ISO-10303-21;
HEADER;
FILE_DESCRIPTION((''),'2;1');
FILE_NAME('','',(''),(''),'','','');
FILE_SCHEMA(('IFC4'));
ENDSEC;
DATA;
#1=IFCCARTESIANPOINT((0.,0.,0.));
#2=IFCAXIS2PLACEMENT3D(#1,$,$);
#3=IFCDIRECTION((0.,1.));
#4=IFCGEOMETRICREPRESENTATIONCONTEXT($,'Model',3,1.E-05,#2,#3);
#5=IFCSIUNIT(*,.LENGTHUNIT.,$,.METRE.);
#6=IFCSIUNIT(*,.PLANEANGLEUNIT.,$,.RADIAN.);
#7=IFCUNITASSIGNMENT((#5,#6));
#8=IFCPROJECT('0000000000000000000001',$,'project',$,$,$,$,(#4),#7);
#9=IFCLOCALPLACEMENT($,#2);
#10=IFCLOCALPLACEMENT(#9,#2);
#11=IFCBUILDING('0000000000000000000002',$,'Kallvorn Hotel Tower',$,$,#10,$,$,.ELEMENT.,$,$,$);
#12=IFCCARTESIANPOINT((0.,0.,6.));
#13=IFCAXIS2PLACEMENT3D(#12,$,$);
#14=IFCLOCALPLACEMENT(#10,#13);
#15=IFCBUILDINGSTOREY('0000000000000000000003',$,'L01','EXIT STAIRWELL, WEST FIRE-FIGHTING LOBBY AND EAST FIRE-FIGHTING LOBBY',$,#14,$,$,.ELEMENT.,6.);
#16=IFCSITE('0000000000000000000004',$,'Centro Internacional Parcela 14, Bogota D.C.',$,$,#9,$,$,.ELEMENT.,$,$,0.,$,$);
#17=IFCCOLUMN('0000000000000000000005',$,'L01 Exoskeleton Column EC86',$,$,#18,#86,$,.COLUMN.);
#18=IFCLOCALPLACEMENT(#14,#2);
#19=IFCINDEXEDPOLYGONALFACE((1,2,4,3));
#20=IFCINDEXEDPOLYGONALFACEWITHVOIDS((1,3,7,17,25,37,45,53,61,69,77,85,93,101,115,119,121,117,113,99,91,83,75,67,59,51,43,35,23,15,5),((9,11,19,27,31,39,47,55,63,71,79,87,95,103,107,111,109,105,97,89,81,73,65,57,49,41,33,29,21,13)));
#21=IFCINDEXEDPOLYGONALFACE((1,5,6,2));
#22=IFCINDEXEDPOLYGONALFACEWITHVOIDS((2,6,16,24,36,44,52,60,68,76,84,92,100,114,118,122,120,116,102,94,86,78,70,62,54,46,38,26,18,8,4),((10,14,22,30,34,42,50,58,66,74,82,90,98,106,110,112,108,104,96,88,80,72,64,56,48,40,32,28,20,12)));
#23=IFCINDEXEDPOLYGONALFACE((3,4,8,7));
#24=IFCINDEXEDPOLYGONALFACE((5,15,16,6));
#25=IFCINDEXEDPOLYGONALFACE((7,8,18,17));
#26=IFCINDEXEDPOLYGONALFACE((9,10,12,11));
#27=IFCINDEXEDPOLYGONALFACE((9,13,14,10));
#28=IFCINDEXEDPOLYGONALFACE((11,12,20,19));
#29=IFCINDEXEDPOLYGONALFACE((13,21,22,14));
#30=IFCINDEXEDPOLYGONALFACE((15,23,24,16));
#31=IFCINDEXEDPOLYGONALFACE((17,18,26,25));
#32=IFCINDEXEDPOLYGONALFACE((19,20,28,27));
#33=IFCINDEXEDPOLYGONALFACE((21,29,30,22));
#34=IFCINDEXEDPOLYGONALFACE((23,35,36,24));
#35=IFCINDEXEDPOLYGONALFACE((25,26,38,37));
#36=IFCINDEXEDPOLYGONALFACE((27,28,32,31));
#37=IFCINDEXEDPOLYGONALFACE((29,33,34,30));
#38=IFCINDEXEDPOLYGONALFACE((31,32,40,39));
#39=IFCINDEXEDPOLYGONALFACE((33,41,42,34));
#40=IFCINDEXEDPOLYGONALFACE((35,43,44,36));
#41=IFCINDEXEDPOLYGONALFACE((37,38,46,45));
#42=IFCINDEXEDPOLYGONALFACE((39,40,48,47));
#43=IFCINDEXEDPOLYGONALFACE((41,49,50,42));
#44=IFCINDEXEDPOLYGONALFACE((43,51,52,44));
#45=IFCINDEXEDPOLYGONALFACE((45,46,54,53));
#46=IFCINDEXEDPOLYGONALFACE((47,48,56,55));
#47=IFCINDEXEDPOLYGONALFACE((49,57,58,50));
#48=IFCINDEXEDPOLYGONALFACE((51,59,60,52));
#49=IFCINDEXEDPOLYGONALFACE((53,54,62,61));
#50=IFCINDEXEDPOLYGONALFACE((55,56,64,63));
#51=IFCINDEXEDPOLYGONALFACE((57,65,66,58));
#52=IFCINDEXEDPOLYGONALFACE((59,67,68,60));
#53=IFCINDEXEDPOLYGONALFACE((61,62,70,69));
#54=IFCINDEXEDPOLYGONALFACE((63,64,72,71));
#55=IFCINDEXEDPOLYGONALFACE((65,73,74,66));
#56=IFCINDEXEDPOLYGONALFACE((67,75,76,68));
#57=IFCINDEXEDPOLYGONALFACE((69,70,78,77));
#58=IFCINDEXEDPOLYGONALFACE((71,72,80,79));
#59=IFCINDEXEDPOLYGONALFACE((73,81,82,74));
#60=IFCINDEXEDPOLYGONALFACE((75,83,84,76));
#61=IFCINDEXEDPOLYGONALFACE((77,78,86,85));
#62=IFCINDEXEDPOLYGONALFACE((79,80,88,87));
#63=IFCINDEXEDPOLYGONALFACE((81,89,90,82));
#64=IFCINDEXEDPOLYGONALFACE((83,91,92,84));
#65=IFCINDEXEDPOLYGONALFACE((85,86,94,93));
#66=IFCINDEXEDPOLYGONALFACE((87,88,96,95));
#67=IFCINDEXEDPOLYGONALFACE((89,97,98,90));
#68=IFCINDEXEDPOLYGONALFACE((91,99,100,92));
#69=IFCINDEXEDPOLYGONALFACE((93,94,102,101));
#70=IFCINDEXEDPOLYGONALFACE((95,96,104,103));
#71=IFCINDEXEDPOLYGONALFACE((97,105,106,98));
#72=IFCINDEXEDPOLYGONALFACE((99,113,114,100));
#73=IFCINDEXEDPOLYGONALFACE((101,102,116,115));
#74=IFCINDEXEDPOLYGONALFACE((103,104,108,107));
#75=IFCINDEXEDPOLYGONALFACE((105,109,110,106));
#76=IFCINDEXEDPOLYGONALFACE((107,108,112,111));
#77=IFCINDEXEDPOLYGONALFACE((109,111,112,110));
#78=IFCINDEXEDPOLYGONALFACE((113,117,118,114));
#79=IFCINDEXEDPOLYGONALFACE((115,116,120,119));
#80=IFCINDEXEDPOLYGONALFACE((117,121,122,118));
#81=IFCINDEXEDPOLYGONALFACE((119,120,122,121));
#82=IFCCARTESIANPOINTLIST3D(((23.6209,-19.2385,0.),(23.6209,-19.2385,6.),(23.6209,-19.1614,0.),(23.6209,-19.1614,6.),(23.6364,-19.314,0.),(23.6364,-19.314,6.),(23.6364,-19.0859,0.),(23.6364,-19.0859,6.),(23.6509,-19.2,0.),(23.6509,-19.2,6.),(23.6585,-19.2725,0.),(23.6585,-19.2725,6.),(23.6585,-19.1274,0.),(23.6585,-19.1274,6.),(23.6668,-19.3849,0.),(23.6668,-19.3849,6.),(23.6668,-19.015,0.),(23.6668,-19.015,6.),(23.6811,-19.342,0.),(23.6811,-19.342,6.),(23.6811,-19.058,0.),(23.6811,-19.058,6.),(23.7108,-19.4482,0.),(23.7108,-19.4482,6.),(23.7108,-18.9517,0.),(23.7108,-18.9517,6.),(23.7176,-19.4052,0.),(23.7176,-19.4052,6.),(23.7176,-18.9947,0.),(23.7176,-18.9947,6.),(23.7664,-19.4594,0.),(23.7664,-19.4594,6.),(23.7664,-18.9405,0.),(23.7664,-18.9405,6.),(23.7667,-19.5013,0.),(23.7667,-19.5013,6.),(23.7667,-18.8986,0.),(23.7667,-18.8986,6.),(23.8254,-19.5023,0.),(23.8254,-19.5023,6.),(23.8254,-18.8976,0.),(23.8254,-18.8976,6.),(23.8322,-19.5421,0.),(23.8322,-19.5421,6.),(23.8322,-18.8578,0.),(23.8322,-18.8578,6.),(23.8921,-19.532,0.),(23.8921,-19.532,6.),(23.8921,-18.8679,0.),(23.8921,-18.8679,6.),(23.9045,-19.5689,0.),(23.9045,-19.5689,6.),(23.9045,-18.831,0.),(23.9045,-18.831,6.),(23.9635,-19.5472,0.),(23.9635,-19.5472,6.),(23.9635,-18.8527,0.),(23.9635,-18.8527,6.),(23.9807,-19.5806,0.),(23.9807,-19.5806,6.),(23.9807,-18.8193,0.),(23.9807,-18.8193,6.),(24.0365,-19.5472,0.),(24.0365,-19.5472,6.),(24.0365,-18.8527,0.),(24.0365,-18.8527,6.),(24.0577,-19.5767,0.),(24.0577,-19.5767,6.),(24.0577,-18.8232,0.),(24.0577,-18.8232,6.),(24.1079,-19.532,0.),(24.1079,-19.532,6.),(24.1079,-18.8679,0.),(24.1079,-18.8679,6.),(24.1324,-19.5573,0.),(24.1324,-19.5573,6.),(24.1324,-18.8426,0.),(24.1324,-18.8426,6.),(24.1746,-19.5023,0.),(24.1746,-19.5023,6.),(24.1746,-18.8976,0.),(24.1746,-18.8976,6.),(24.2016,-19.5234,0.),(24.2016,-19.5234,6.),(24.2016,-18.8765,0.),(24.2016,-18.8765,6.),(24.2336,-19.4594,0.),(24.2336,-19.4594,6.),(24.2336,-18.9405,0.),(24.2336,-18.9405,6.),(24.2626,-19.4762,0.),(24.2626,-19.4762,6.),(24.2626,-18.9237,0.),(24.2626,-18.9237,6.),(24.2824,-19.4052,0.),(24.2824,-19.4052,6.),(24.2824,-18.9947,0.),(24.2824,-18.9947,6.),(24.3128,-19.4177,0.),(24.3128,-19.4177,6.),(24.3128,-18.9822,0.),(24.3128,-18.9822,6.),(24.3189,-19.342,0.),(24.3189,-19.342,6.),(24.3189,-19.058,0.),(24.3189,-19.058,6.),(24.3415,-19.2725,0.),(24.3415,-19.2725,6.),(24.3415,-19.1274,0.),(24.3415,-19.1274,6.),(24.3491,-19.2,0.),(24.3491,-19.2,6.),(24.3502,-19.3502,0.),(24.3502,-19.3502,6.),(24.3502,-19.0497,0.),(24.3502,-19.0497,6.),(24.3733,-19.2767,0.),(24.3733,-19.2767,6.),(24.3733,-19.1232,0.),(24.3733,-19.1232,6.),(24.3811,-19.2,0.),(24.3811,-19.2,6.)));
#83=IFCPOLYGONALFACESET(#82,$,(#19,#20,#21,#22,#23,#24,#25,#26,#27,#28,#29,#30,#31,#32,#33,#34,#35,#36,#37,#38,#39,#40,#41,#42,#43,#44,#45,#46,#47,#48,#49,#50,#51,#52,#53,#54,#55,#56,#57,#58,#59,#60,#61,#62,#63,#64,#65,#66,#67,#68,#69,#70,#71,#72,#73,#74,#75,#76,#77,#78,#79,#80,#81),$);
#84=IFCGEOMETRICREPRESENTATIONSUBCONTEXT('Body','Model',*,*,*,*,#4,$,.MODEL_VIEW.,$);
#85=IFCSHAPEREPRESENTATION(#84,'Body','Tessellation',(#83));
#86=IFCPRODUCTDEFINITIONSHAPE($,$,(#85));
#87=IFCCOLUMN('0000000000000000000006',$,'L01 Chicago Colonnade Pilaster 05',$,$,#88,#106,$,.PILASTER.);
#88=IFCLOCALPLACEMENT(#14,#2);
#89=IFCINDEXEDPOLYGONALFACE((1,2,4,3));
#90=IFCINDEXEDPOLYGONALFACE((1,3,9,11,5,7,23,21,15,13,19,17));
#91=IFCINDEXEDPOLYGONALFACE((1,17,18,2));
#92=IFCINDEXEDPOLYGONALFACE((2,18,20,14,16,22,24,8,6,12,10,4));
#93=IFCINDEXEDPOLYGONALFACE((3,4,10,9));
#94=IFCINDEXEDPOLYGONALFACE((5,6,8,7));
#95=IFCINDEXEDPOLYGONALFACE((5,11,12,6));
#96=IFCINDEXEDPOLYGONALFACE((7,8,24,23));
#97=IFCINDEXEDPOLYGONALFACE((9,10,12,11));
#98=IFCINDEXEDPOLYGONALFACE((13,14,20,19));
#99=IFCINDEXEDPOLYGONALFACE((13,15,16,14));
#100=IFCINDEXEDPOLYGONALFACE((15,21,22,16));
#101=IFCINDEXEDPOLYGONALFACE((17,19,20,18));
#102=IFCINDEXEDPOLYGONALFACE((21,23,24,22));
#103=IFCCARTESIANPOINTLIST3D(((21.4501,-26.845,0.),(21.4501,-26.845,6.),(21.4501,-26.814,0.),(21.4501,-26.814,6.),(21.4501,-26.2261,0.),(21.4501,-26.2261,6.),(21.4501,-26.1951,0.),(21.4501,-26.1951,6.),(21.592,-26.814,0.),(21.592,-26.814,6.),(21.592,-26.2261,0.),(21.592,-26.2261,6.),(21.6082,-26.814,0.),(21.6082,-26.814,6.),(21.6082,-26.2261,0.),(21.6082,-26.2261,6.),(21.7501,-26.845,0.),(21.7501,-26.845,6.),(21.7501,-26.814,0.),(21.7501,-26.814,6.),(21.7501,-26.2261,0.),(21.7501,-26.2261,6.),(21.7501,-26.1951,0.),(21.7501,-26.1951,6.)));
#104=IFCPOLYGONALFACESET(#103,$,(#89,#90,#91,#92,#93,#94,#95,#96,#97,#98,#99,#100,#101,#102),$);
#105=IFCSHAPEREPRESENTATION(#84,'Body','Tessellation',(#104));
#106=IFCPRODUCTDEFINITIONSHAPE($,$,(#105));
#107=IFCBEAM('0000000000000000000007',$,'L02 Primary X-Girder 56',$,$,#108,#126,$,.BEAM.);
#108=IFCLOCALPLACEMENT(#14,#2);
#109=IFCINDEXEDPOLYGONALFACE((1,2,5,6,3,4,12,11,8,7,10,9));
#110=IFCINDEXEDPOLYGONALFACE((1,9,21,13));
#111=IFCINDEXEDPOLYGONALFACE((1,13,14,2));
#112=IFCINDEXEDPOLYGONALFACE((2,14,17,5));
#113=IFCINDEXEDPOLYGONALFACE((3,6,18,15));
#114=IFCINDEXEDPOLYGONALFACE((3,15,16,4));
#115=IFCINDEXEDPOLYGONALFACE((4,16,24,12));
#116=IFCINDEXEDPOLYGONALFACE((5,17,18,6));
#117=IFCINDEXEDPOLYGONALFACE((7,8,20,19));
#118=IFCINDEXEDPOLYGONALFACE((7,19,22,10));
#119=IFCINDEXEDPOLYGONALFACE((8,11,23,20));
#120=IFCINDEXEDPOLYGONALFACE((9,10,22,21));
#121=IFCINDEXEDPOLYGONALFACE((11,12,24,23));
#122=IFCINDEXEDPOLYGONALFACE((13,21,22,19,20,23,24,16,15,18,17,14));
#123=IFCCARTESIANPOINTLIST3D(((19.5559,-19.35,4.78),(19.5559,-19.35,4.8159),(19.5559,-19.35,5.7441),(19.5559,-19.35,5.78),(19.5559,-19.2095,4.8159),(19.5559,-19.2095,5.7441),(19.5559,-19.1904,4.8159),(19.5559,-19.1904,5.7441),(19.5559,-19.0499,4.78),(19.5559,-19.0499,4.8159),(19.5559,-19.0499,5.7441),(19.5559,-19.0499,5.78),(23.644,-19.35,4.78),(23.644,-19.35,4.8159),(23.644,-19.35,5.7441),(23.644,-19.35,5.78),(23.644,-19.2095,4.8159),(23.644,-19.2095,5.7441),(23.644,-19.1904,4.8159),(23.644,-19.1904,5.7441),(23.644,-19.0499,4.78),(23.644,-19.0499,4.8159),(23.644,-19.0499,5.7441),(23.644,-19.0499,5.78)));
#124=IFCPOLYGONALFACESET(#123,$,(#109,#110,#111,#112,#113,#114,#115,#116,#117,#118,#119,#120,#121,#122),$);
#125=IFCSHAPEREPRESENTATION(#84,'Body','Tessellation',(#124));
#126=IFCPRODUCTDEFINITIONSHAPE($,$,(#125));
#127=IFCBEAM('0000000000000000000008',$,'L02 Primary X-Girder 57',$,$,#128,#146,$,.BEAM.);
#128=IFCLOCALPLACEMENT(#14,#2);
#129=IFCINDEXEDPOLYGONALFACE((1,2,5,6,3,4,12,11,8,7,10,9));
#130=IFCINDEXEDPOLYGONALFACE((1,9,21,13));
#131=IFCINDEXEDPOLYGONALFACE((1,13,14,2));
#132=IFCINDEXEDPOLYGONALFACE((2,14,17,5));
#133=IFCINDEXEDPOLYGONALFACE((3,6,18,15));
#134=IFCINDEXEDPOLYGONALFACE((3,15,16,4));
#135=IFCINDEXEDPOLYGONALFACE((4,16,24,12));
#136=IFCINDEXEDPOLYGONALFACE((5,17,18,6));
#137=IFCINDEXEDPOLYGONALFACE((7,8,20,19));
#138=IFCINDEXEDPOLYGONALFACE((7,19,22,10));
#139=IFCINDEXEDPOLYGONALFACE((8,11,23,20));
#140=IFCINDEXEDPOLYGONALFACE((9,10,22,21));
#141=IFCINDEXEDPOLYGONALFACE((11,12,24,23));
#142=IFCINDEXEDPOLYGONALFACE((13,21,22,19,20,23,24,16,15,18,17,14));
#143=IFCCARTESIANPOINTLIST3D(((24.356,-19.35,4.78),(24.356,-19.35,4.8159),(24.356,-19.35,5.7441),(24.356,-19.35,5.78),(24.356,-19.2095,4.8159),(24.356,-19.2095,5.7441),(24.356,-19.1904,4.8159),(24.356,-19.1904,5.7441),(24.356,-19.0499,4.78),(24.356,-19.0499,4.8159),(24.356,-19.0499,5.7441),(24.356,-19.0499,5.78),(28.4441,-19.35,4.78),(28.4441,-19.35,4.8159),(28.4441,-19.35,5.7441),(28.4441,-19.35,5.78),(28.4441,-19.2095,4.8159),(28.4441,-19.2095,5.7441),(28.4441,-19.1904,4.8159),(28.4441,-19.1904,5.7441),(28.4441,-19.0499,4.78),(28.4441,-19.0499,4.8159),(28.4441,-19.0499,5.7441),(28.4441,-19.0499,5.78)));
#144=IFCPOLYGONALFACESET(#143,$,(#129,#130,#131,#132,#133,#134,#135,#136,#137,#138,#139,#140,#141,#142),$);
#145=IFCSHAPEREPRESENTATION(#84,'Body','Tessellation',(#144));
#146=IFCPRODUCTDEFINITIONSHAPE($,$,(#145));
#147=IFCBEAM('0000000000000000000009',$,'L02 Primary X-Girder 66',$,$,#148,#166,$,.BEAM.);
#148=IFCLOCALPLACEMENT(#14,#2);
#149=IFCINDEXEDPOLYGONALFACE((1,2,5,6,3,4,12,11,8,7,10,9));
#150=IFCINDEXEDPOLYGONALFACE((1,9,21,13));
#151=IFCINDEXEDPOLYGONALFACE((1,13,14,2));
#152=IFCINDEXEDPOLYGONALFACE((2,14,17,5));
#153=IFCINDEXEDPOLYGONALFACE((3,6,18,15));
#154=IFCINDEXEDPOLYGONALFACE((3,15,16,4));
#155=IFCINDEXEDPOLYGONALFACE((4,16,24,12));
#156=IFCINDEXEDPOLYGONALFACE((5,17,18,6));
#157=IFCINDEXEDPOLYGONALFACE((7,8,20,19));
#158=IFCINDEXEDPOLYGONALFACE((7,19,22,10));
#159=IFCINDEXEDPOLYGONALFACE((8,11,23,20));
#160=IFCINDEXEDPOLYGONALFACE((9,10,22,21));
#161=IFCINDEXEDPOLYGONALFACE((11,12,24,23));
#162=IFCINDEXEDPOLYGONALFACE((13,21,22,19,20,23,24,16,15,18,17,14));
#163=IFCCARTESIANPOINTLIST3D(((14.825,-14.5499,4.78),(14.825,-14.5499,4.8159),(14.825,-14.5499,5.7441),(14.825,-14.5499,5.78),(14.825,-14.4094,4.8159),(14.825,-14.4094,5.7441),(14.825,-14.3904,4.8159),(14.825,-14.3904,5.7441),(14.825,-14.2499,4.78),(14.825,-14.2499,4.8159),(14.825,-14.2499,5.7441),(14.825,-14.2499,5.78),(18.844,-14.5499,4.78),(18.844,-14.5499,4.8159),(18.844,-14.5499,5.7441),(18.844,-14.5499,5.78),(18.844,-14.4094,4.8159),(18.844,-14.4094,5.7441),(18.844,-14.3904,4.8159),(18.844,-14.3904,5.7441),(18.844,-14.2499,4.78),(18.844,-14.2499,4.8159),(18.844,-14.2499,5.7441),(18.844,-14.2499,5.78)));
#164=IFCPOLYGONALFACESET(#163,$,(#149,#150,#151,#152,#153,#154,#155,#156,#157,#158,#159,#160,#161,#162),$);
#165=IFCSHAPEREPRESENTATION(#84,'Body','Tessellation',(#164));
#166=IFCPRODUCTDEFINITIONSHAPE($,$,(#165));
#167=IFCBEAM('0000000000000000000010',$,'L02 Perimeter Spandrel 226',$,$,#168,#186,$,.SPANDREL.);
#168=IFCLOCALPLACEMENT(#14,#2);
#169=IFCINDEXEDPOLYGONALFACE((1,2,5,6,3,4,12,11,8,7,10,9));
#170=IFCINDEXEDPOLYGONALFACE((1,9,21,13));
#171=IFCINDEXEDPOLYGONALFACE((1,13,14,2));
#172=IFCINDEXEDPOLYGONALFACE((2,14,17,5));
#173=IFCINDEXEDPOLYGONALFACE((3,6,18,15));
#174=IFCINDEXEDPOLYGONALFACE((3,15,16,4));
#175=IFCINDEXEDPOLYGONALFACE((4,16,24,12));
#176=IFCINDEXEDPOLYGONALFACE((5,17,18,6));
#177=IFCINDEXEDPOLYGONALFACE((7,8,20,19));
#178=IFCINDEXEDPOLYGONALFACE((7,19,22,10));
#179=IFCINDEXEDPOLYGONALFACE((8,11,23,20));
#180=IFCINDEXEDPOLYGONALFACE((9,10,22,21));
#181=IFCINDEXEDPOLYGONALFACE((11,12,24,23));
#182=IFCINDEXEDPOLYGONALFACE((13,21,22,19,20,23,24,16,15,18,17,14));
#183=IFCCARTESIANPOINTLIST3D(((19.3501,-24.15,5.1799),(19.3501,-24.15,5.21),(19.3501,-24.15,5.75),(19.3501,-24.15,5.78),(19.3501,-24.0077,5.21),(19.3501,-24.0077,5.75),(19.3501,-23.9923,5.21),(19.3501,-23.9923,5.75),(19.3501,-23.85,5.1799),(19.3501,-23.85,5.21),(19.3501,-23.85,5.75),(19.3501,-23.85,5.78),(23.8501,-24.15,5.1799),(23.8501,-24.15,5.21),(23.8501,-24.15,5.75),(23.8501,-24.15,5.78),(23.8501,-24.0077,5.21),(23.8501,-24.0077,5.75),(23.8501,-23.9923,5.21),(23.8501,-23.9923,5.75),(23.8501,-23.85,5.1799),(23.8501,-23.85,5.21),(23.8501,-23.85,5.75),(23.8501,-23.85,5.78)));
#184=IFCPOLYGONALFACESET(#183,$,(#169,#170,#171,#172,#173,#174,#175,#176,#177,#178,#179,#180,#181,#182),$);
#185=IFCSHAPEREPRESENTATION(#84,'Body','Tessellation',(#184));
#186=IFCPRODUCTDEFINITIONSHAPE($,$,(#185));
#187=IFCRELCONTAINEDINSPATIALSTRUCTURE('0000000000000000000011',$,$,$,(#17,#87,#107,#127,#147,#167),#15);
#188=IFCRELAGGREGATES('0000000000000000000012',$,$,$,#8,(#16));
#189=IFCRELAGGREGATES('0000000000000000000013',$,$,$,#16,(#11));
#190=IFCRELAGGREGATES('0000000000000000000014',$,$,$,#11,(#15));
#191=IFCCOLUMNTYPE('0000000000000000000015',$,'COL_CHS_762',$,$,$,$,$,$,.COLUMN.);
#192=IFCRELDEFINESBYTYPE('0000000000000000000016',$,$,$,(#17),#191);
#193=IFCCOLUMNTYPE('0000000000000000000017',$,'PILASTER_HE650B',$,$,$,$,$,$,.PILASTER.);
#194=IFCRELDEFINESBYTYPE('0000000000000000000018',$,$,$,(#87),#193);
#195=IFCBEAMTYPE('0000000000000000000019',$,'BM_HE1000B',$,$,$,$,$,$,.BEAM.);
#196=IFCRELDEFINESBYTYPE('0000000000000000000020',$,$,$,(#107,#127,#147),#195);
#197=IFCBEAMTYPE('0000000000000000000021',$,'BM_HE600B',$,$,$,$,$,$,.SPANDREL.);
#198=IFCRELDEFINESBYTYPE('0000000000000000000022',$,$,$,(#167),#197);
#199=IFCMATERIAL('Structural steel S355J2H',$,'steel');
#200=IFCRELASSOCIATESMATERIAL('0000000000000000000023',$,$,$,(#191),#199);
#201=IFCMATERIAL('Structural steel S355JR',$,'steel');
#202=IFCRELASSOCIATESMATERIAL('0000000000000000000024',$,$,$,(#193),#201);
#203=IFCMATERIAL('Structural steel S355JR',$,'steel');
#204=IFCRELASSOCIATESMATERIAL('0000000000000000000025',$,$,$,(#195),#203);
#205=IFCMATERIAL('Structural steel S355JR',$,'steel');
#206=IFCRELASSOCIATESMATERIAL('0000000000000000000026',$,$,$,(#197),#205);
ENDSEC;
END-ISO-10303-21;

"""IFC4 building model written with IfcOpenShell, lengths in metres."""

from ifc_helpers import new_model, si_unit, direction, frame, origin, origin_2d, place, context, subcontext, project, spatial, hollow_circle, i_section, extrude, material, material_profile, profile_set, type_object, element, save


model = new_model("IFC4")

# Units and contexts
model_context = context("Model", 3, precision=1e-05, world=origin(), true_north=direction((0.0, 1.0)))
body_context = subcontext(model_context, "Body", "Model", "MODEL_VIEW")
ifc_project = project(units=[si_unit("LENGTHUNIT", "METRE"), si_unit("PLANEANGLEUNIT", "RADIAN")], contexts=[model_context])

# Site, building, storey
site_placement = place(None, origin())
site = spatial("IfcSite", under=ifc_project, at=site_placement, Name="Centro Internacional Parcela 14, Bogota D.C.", CompositionType="ELEMENT", RefElevation=0.0)
building_placement = place(site_placement, origin())
building = spatial("IfcBuilding", under=site, at=building_placement, Name="Kallvorn Hotel Tower", CompositionType="ELEMENT")
storey_placement = place(building_placement, frame((0.0, 0.0, 6.0)))
storey = spatial("IfcBuildingStorey", under=building, at=storey_placement, Name="L01", Description="EXIT STAIRWELL, WEST FIRE-FIGHTING LOBBY AND EAST FIRE-FIGHTING LOBBY", CompositionType="ELEMENT", Elevation=6.0)

# Columns
ifc_material_1 = material(Name="Structural steel S355J2H", Category="steel")
ifc_material_profile_1 = material_profile(ifc_material_1, hollow_circle(Radius=0.3811, WallThickness=0.032, at=origin_2d()), Name="CHS 762x32")
ifc_profile_set_1 = profile_set([ifc_material_profile_1], Name="Structural steel S355J2H")
column_type_1 = type_object("IfcColumnType", Name="COL_CHS_762", PredefinedType="COLUMN", material=ifc_profile_set_1)
for number, where, z_axis, x_axis, name in (
    (1, (24.0, -19.2, 0.0), (0.0, 0.0, 1.0), (1.0, 0.0, 0.0), "L01 Exoskeleton Column EC86"),
):
    element("IfcColumn", number, at=place(storey_placement, frame(where, z_axis=z_axis, x_axis=x_axis)), inside=storey, type_object=column_type_1, Name=name, PredefinedType="COLUMN", context=body_context, shape_type="SweptSolid", body=[
        extrude(hollow_circle(Radius=0.3811, WallThickness=0.032, at=origin_2d()), origin(), (0.0, 0.0, 1.0), 6.0),
    ])
ifc_material_2 = material(Name="Structural steel S355JR", Category="steel")
ifc_material_profile_2 = material_profile(ifc_material_2, i_section(OverallWidth=0.3, OverallDepth=0.6499, WebThickness=0.0161, FlangeThickness=0.031, at=origin_2d()), Name="HE 650 B")
ifc_profile_set_2 = profile_set([ifc_material_profile_2], Name="Structural steel S355JR")
column_type_2 = type_object("IfcColumnType", Name="PILASTER_HE650B", PredefinedType="PILASTER", material=ifc_profile_set_2)
column_placement = place(storey_placement, frame((21.6001, -26.52, 0.0), z_axis=(0.0, 0.0, 1.0), x_axis=(1.0, 0.0, 0.0)))
element("IfcColumn", 2, at=column_placement, inside=storey, type_object=column_type_2, Name="L01 Chicago Colonnade Pilaster 05", PredefinedType="PILASTER", context=body_context, shape_type="SweptSolid", body=[
    extrude(i_section(OverallWidth=0.3, OverallDepth=0.6499, WebThickness=0.0161, FlangeThickness=0.031, at=origin_2d()), origin(), (0.0, 0.0, 1.0), 6.0),
])

# Beams
ifc_material_3 = material(Name="Structural steel S355JR", Category="steel")
ifc_material_profile_3 = material_profile(ifc_material_3, i_section(OverallWidth=0.3, OverallDepth=1.0, WebThickness=0.019, FlangeThickness=0.0359, at=origin_2d()), Name="HE 1000 B")
ifc_profile_set_3 = profile_set([ifc_material_profile_3], Name="Structural steel S355JR")
beam_type_1 = type_object("IfcBeamType", Name="BM_HE1000B", PredefinedType="BEAM", material=ifc_profile_set_3)
for number, where, z_axis, x_axis, name in (
    (3, (19.5559, -19.2, 5.28), (1.0, 0.0, 0.0), (0.0, 1.0, 0.0), "L02 Primary X-Girder 56"),
    (4, (24.356, -19.2, 5.28), (1.0, 0.0, 0.0), (0.0, 1.0, 0.0), "L02 Primary X-Girder 57"),
):
    element("IfcBeam", number, at=place(storey_placement, frame(where, z_axis=z_axis, x_axis=x_axis)), inside=storey, type_object=beam_type_1, Name=name, PredefinedType="BEAM", context=body_context, shape_type="SweptSolid", body=[
        extrude(i_section(OverallWidth=0.3, OverallDepth=1.0, WebThickness=0.019, FlangeThickness=0.0359, at=origin_2d()), origin(), (0.0, 0.0, 1.0), 4.0881),
    ])
beam_1_placement = place(storey_placement, frame((14.825, -14.3999, 5.28), z_axis=(1.0, 0.0, 0.0), x_axis=(0.0, 1.0, 0.0)))
element("IfcBeam", 5, at=beam_1_placement, inside=storey, type_object=beam_type_1, Name="L02 Primary X-Girder 66", PredefinedType="BEAM", context=body_context, shape_type="SweptSolid", body=[
    extrude(i_section(OverallWidth=0.3, OverallDepth=1.0, WebThickness=0.019, FlangeThickness=0.0359, at=origin_2d()), origin(), (0.0, 0.0, 1.0), 4.019),
])
ifc_material_4 = material(Name="Structural steel S355JR", Category="steel")
ifc_material_profile_4 = material_profile(ifc_material_4, i_section(OverallWidth=0.3, OverallDepth=0.6001, WebThickness=0.0154, FlangeThickness=0.03, at=origin_2d()), Name="HE 600 B")
ifc_profile_set_4 = profile_set([ifc_material_profile_4], Name="Structural steel S355JR")
beam_type_2 = type_object("IfcBeamType", Name="BM_HE600B", PredefinedType="SPANDREL", material=ifc_profile_set_4)
for number, where, z_axis, x_axis, name in (
    (6, (19.3501, -24.0, 5.48), (1.0, 0.0, 0.0), (0.0, 1.0, 0.0), "L02 Perimeter Spandrel 226"),
):
    element("IfcBeam", number, at=place(storey_placement, frame(where, z_axis=z_axis, x_axis=x_axis)), inside=storey, type_object=beam_type_2, Name=name, PredefinedType="SPANDREL", context=body_context, shape_type="SweptSolid", body=[
        extrude(i_section(OverallWidth=0.3, OverallDepth=0.6001, WebThickness=0.0154, FlangeThickness=0.03, at=origin_2d()), origin(), (0.0, 0.0, 1.0), 4.5),
    ])

save(model, "model.ifc")
